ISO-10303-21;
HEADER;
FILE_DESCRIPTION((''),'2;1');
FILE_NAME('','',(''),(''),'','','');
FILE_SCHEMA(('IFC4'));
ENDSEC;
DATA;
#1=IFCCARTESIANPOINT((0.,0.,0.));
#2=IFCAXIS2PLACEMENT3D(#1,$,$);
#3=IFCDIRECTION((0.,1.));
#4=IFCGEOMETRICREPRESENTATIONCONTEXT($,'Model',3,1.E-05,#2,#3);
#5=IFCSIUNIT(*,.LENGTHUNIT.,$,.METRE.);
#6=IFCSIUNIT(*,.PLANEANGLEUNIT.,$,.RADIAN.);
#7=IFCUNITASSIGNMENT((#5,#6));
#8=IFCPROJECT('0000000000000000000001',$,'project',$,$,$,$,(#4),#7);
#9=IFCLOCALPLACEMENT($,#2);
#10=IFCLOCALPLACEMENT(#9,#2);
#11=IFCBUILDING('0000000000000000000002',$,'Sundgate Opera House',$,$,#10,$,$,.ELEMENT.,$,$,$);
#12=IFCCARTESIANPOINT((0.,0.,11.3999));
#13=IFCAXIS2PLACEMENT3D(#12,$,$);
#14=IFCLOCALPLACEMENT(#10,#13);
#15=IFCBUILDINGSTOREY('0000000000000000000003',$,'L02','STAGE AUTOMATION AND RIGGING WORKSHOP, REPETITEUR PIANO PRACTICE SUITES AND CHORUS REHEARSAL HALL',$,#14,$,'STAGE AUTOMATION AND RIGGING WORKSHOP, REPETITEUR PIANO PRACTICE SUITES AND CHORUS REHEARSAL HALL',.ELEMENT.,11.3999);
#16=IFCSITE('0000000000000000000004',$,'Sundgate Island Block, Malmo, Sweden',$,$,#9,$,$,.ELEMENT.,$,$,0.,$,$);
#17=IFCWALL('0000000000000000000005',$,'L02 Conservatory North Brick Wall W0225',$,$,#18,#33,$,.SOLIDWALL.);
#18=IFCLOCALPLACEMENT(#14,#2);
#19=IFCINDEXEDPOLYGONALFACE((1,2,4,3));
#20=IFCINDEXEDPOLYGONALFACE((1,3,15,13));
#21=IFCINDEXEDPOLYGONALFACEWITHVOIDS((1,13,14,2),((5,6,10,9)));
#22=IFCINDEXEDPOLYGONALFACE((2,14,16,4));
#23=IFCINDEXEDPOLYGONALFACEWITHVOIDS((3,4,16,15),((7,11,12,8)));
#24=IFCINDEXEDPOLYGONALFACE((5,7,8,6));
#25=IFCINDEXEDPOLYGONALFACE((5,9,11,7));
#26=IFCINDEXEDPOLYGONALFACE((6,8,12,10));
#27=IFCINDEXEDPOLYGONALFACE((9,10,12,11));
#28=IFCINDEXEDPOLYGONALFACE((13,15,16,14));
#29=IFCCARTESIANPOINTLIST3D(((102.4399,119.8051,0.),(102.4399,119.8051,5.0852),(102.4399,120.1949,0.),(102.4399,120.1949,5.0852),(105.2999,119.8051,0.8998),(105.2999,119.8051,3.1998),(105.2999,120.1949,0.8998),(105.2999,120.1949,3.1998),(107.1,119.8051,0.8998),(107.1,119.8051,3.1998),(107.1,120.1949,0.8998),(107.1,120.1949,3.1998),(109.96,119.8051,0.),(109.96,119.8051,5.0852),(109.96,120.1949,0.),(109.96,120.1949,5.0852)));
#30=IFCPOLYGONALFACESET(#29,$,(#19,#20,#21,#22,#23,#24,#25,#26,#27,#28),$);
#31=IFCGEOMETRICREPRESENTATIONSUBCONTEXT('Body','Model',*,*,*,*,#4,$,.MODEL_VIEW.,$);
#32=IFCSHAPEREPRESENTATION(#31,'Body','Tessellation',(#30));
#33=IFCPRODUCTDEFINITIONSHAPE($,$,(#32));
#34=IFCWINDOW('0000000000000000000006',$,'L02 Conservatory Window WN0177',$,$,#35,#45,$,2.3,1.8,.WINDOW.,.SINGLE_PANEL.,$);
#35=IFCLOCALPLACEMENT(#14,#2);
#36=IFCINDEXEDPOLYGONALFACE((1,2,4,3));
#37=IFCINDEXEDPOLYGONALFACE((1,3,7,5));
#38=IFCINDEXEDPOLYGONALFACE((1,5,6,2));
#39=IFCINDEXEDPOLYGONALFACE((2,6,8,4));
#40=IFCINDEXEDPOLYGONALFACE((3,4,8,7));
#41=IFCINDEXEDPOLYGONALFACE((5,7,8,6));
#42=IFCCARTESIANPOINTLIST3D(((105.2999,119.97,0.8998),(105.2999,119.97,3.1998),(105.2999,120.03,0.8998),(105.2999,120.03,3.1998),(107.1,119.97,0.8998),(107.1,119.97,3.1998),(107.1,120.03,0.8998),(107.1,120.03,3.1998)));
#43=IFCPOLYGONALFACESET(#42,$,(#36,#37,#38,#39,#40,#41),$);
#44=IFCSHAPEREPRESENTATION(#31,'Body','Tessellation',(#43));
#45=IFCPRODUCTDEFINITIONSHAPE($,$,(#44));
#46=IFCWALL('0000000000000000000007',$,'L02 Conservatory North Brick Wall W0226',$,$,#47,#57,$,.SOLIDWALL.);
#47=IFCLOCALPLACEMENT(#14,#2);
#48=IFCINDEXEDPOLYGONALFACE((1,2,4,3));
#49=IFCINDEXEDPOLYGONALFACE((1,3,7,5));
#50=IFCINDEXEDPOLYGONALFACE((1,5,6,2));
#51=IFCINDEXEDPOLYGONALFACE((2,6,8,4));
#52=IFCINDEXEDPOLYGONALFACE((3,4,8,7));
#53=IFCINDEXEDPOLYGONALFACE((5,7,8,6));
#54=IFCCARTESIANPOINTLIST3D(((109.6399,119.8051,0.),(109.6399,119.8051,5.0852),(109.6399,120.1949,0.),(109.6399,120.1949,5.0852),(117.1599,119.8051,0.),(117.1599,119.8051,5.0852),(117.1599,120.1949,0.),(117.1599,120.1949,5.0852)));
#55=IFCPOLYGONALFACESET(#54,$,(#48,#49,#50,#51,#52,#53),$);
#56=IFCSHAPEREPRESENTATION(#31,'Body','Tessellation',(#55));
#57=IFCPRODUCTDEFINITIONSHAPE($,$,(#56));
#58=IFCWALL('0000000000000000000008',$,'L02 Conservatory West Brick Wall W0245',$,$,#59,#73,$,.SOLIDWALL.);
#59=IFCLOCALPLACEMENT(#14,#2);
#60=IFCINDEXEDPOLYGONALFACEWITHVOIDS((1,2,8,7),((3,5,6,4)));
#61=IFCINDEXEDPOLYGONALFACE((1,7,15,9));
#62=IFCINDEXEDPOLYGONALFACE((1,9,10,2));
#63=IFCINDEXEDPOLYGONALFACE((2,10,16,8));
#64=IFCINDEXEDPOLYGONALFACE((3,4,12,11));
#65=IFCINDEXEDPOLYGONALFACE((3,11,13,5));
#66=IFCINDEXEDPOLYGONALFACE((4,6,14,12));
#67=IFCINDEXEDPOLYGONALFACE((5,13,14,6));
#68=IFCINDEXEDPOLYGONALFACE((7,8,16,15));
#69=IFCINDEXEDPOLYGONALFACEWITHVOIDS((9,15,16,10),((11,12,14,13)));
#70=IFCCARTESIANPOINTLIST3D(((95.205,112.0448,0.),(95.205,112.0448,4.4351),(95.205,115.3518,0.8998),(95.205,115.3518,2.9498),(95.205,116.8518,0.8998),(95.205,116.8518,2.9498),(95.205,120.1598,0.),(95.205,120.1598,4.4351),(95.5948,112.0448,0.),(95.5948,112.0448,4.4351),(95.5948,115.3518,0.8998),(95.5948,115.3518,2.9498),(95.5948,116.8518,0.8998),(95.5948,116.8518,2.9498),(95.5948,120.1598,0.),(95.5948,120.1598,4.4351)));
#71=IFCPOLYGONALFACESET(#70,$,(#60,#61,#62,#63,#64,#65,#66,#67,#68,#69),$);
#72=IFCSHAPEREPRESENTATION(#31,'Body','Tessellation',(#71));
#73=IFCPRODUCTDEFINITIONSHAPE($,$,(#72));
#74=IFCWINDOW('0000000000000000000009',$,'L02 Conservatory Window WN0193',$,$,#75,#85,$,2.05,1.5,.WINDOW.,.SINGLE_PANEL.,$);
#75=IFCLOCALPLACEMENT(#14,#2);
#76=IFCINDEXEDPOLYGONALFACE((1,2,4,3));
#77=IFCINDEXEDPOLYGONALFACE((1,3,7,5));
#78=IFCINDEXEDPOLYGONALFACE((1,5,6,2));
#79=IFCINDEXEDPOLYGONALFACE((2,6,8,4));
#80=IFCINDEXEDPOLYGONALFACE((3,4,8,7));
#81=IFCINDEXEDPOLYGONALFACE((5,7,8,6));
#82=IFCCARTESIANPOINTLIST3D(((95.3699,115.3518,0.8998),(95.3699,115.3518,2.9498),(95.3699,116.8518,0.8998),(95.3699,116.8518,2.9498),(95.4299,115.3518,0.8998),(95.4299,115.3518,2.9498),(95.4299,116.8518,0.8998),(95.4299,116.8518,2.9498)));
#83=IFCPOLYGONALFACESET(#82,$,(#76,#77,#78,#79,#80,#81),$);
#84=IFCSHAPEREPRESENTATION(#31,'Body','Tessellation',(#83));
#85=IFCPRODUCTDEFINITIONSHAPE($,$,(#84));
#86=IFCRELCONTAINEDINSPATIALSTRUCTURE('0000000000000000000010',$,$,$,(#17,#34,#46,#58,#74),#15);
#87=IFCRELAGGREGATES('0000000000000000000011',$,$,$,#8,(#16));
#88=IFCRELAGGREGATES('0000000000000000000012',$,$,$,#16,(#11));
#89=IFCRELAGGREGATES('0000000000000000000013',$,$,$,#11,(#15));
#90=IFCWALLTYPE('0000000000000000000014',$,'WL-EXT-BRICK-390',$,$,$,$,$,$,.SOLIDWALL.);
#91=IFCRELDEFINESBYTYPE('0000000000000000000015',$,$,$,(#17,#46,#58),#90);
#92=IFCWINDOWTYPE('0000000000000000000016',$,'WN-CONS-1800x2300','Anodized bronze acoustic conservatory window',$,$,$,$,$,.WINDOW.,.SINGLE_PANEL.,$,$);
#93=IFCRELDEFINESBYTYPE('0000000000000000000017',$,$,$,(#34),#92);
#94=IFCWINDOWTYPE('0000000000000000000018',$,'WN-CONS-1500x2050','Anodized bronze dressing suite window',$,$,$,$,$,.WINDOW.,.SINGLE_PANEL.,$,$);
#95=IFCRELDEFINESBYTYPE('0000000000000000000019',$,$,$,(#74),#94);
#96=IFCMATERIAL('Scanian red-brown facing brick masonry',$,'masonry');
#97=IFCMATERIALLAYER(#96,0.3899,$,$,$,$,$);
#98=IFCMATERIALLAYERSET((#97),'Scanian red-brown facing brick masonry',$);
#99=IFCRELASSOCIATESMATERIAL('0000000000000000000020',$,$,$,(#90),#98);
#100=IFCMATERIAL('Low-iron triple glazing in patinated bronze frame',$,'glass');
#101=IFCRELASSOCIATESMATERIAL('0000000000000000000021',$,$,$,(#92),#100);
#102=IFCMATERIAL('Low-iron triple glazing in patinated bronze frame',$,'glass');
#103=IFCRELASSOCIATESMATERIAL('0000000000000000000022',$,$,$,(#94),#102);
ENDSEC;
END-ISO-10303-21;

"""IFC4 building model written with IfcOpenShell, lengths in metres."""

from ifc_helpers import new_model, si_unit, direction, frame, frame_2d, origin, place, context, subcontext, project, spatial, rectangle, extrude, material, layer, layer_set, type_object, element, fill, save


model = new_model("IFC4")

# Units and contexts
model_context = context("Model", 3, precision=1e-05, world=origin(), true_north=direction((0.0, 1.0)))
body_context = subcontext(model_context, "Body", "Model", "MODEL_VIEW")
ifc_project = project(units=[si_unit("LENGTHUNIT", "METRE"), si_unit("PLANEANGLEUNIT", "RADIAN")], contexts=[model_context])

# Site, building, storey
site_placement = place(None, origin())
site = spatial("IfcSite", under=ifc_project, at=site_placement, Name="Sundgate Island Block, Malmo, Sweden", CompositionType="ELEMENT", RefElevation=0.0)
building_placement = place(site_placement, origin())
building = spatial("IfcBuilding", under=site, at=building_placement, Name="Sundgate Opera House", CompositionType="ELEMENT")
storey_placement = place(building_placement, frame((0.0, 0.0, 11.3999)))
storey = spatial("IfcBuildingStorey", under=building, at=storey_placement, Name="L02", Description="STAGE AUTOMATION AND RIGGING WORKSHOP, REPETITEUR PIANO PRACTICE SUITES AND CHORUS REHEARSAL HALL", LongName="STAGE AUTOMATION AND RIGGING WORKSHOP, REPETITEUR PIANO PRACTICE SUITES AND CHORUS REHEARSAL HALL", CompositionType="ELEMENT", Elevation=11.3999)

# Shared definitions
ifc_material_1 = material(Name="Scanian red-brown facing brick masonry", Category="masonry")
ifc_layer_1 = layer(ifc_material_1, 0.3899)
ifc_layer_set_1 = layer_set([ifc_layer_1], Name="Scanian red-brown facing brick masonry")
wall_type = type_object("IfcWallType", Name="WL-EXT-BRICK-390", PredefinedType="SOLIDWALL", material=ifc_layer_set_1)

# Wall, opening, window
wall_1_placement = place(storey_placement, frame((102.4399, 120.0, 0.0), z_axis=(0.0, 0.0, 1.0), x_axis=(1.0, 0.0, 0.0)))
wall_1 = element("IfcWall", 1, at=wall_1_placement, inside=storey, type_object=wall_type, Name="L02 Conservatory North Brick Wall W0225", PredefinedType="SOLIDWALL", context=body_context, shape_type="SweptSolid", body=[
    extrude(rectangle(XDim=7.52, YDim=0.3899, at=frame_2d((3.76, 0.0))), origin(), (0.0, 0.0, 1.0), 5.0852),
])
opening_1_placement = place(wall_1_placement, frame((2.8601, 0.0, 0.8999)))
opening_1 = element("IfcOpeningElement", 2, at=opening_1_placement, cuts=wall_1, PredefinedType="OPENING", context=body_context, shape_type="SweptSolid", body=[
    extrude(rectangle(XDim=1.8, YDim=2.3, at=frame_2d((0.8999, 1.1499))), frame((0.0, 0.2048, 0.0), z_axis=(0.0, -1.0, 0.0), x_axis=(1.0, 0.0, 0.0)), (0.0, 0.0, 1.0), 0.4099),
])
ifc_material_2 = material(Name="Low-iron triple glazing in patinated bronze frame", Category="glass")
window_type_1 = type_object("IfcWindowType", Name="WN-CONS-1800x2300", Description="Anodized bronze acoustic conservatory window", PartitioningType="SINGLE_PANEL", PredefinedType="WINDOW", material=ifc_material_2)
window_1_placement = place(opening_1_placement, origin())
window_1 = element("IfcWindow", 3, at=window_1_placement, inside=storey, type_object=window_type_1, Name="L02 Conservatory Window WN0177", OverallHeight=2.3, OverallWidth=1.8, PartitioningType="SINGLE_PANEL", PredefinedType="WINDOW", context=body_context, shape_type="SweptSolid", body=[
    extrude(rectangle(XDim=1.8, YDim=2.3, at=frame_2d((0.8999, 1.1499))), frame((0.0, 0.03, 0.0), z_axis=(0.0, -1.0, 0.0), x_axis=(1.0, 0.0, 0.0)), (0.0, 0.0, 1.0), 0.0601),
])
fill(opening_1, window_1)

# Wall
wall_2_placement = place(storey_placement, frame((109.6399, 120.0, 0.0), z_axis=(0.0, 0.0, 1.0), x_axis=(1.0, 0.0, 0.0)))
element("IfcWall", 4, at=wall_2_placement, inside=storey, type_object=wall_type, Name="L02 Conservatory North Brick Wall W0226", PredefinedType="SOLIDWALL", context=body_context, shape_type="SweptSolid", body=[
    extrude(rectangle(XDim=7.52, YDim=0.3899, at=frame_2d((3.76, 0.0))), origin(), (0.0, 0.0, 1.0), 5.0852),
])

# Wall, opening, window
wall_3_placement = place(storey_placement, frame((95.3999, 120.1599, 0.0), z_axis=(0.0, 0.0, 1.0), x_axis=(0.0, -1.0, 0.0)))
wall_3 = element("IfcWall", 5, at=wall_3_placement, inside=storey, type_object=wall_type, Name="L02 Conservatory West Brick Wall W0245", PredefinedType="SOLIDWALL", context=body_context, shape_type="SweptSolid", body=[
    extrude(rectangle(XDim=8.115, YDim=0.3899, at=frame_2d((4.0576, 0.0))), origin(), (0.0, 0.0, 1.0), 4.4351),
])
opening_2_placement = place(wall_3_placement, frame((3.3081, 0.0, 0.8999)))
opening_2 = element("IfcOpeningElement", 6, at=opening_2_placement, cuts=wall_3, PredefinedType="OPENING", context=body_context, shape_type="SweptSolid", body=[
    extrude(rectangle(XDim=1.5, YDim=2.05, at=frame_2d((0.75, 1.0249))), frame((0.0, 0.2048, 0.0), z_axis=(0.0, -1.0, 0.0), x_axis=(1.0, 0.0, 0.0)), (0.0, 0.0, 1.0), 0.4099),
])
ifc_material_3 = material(Name="Low-iron triple glazing in patinated bronze frame", Category="glass")
window_type_2 = type_object("IfcWindowType", Name="WN-CONS-1500x2050", Description="Anodized bronze dressing suite window", PartitioningType="SINGLE_PANEL", PredefinedType="WINDOW", material=ifc_material_3)
window_2_placement = place(opening_2_placement, origin())
window_2 = element("IfcWindow", 7, at=window_2_placement, inside=storey, type_object=window_type_2, Name="L02 Conservatory Window WN0193", OverallHeight=2.05, OverallWidth=1.5, PartitioningType="SINGLE_PANEL", PredefinedType="WINDOW", context=body_context, shape_type="SweptSolid", body=[
    extrude(rectangle(XDim=1.5, YDim=2.05, at=frame_2d((0.75, 1.0249))), frame((0.0, 0.03, 0.0), z_axis=(0.0, -1.0, 0.0), x_axis=(1.0, 0.0, 0.0)), (0.0, 0.0, 1.0), 0.0601),
])
fill(opening_2, window_2)

save(model, "model.ifc")
